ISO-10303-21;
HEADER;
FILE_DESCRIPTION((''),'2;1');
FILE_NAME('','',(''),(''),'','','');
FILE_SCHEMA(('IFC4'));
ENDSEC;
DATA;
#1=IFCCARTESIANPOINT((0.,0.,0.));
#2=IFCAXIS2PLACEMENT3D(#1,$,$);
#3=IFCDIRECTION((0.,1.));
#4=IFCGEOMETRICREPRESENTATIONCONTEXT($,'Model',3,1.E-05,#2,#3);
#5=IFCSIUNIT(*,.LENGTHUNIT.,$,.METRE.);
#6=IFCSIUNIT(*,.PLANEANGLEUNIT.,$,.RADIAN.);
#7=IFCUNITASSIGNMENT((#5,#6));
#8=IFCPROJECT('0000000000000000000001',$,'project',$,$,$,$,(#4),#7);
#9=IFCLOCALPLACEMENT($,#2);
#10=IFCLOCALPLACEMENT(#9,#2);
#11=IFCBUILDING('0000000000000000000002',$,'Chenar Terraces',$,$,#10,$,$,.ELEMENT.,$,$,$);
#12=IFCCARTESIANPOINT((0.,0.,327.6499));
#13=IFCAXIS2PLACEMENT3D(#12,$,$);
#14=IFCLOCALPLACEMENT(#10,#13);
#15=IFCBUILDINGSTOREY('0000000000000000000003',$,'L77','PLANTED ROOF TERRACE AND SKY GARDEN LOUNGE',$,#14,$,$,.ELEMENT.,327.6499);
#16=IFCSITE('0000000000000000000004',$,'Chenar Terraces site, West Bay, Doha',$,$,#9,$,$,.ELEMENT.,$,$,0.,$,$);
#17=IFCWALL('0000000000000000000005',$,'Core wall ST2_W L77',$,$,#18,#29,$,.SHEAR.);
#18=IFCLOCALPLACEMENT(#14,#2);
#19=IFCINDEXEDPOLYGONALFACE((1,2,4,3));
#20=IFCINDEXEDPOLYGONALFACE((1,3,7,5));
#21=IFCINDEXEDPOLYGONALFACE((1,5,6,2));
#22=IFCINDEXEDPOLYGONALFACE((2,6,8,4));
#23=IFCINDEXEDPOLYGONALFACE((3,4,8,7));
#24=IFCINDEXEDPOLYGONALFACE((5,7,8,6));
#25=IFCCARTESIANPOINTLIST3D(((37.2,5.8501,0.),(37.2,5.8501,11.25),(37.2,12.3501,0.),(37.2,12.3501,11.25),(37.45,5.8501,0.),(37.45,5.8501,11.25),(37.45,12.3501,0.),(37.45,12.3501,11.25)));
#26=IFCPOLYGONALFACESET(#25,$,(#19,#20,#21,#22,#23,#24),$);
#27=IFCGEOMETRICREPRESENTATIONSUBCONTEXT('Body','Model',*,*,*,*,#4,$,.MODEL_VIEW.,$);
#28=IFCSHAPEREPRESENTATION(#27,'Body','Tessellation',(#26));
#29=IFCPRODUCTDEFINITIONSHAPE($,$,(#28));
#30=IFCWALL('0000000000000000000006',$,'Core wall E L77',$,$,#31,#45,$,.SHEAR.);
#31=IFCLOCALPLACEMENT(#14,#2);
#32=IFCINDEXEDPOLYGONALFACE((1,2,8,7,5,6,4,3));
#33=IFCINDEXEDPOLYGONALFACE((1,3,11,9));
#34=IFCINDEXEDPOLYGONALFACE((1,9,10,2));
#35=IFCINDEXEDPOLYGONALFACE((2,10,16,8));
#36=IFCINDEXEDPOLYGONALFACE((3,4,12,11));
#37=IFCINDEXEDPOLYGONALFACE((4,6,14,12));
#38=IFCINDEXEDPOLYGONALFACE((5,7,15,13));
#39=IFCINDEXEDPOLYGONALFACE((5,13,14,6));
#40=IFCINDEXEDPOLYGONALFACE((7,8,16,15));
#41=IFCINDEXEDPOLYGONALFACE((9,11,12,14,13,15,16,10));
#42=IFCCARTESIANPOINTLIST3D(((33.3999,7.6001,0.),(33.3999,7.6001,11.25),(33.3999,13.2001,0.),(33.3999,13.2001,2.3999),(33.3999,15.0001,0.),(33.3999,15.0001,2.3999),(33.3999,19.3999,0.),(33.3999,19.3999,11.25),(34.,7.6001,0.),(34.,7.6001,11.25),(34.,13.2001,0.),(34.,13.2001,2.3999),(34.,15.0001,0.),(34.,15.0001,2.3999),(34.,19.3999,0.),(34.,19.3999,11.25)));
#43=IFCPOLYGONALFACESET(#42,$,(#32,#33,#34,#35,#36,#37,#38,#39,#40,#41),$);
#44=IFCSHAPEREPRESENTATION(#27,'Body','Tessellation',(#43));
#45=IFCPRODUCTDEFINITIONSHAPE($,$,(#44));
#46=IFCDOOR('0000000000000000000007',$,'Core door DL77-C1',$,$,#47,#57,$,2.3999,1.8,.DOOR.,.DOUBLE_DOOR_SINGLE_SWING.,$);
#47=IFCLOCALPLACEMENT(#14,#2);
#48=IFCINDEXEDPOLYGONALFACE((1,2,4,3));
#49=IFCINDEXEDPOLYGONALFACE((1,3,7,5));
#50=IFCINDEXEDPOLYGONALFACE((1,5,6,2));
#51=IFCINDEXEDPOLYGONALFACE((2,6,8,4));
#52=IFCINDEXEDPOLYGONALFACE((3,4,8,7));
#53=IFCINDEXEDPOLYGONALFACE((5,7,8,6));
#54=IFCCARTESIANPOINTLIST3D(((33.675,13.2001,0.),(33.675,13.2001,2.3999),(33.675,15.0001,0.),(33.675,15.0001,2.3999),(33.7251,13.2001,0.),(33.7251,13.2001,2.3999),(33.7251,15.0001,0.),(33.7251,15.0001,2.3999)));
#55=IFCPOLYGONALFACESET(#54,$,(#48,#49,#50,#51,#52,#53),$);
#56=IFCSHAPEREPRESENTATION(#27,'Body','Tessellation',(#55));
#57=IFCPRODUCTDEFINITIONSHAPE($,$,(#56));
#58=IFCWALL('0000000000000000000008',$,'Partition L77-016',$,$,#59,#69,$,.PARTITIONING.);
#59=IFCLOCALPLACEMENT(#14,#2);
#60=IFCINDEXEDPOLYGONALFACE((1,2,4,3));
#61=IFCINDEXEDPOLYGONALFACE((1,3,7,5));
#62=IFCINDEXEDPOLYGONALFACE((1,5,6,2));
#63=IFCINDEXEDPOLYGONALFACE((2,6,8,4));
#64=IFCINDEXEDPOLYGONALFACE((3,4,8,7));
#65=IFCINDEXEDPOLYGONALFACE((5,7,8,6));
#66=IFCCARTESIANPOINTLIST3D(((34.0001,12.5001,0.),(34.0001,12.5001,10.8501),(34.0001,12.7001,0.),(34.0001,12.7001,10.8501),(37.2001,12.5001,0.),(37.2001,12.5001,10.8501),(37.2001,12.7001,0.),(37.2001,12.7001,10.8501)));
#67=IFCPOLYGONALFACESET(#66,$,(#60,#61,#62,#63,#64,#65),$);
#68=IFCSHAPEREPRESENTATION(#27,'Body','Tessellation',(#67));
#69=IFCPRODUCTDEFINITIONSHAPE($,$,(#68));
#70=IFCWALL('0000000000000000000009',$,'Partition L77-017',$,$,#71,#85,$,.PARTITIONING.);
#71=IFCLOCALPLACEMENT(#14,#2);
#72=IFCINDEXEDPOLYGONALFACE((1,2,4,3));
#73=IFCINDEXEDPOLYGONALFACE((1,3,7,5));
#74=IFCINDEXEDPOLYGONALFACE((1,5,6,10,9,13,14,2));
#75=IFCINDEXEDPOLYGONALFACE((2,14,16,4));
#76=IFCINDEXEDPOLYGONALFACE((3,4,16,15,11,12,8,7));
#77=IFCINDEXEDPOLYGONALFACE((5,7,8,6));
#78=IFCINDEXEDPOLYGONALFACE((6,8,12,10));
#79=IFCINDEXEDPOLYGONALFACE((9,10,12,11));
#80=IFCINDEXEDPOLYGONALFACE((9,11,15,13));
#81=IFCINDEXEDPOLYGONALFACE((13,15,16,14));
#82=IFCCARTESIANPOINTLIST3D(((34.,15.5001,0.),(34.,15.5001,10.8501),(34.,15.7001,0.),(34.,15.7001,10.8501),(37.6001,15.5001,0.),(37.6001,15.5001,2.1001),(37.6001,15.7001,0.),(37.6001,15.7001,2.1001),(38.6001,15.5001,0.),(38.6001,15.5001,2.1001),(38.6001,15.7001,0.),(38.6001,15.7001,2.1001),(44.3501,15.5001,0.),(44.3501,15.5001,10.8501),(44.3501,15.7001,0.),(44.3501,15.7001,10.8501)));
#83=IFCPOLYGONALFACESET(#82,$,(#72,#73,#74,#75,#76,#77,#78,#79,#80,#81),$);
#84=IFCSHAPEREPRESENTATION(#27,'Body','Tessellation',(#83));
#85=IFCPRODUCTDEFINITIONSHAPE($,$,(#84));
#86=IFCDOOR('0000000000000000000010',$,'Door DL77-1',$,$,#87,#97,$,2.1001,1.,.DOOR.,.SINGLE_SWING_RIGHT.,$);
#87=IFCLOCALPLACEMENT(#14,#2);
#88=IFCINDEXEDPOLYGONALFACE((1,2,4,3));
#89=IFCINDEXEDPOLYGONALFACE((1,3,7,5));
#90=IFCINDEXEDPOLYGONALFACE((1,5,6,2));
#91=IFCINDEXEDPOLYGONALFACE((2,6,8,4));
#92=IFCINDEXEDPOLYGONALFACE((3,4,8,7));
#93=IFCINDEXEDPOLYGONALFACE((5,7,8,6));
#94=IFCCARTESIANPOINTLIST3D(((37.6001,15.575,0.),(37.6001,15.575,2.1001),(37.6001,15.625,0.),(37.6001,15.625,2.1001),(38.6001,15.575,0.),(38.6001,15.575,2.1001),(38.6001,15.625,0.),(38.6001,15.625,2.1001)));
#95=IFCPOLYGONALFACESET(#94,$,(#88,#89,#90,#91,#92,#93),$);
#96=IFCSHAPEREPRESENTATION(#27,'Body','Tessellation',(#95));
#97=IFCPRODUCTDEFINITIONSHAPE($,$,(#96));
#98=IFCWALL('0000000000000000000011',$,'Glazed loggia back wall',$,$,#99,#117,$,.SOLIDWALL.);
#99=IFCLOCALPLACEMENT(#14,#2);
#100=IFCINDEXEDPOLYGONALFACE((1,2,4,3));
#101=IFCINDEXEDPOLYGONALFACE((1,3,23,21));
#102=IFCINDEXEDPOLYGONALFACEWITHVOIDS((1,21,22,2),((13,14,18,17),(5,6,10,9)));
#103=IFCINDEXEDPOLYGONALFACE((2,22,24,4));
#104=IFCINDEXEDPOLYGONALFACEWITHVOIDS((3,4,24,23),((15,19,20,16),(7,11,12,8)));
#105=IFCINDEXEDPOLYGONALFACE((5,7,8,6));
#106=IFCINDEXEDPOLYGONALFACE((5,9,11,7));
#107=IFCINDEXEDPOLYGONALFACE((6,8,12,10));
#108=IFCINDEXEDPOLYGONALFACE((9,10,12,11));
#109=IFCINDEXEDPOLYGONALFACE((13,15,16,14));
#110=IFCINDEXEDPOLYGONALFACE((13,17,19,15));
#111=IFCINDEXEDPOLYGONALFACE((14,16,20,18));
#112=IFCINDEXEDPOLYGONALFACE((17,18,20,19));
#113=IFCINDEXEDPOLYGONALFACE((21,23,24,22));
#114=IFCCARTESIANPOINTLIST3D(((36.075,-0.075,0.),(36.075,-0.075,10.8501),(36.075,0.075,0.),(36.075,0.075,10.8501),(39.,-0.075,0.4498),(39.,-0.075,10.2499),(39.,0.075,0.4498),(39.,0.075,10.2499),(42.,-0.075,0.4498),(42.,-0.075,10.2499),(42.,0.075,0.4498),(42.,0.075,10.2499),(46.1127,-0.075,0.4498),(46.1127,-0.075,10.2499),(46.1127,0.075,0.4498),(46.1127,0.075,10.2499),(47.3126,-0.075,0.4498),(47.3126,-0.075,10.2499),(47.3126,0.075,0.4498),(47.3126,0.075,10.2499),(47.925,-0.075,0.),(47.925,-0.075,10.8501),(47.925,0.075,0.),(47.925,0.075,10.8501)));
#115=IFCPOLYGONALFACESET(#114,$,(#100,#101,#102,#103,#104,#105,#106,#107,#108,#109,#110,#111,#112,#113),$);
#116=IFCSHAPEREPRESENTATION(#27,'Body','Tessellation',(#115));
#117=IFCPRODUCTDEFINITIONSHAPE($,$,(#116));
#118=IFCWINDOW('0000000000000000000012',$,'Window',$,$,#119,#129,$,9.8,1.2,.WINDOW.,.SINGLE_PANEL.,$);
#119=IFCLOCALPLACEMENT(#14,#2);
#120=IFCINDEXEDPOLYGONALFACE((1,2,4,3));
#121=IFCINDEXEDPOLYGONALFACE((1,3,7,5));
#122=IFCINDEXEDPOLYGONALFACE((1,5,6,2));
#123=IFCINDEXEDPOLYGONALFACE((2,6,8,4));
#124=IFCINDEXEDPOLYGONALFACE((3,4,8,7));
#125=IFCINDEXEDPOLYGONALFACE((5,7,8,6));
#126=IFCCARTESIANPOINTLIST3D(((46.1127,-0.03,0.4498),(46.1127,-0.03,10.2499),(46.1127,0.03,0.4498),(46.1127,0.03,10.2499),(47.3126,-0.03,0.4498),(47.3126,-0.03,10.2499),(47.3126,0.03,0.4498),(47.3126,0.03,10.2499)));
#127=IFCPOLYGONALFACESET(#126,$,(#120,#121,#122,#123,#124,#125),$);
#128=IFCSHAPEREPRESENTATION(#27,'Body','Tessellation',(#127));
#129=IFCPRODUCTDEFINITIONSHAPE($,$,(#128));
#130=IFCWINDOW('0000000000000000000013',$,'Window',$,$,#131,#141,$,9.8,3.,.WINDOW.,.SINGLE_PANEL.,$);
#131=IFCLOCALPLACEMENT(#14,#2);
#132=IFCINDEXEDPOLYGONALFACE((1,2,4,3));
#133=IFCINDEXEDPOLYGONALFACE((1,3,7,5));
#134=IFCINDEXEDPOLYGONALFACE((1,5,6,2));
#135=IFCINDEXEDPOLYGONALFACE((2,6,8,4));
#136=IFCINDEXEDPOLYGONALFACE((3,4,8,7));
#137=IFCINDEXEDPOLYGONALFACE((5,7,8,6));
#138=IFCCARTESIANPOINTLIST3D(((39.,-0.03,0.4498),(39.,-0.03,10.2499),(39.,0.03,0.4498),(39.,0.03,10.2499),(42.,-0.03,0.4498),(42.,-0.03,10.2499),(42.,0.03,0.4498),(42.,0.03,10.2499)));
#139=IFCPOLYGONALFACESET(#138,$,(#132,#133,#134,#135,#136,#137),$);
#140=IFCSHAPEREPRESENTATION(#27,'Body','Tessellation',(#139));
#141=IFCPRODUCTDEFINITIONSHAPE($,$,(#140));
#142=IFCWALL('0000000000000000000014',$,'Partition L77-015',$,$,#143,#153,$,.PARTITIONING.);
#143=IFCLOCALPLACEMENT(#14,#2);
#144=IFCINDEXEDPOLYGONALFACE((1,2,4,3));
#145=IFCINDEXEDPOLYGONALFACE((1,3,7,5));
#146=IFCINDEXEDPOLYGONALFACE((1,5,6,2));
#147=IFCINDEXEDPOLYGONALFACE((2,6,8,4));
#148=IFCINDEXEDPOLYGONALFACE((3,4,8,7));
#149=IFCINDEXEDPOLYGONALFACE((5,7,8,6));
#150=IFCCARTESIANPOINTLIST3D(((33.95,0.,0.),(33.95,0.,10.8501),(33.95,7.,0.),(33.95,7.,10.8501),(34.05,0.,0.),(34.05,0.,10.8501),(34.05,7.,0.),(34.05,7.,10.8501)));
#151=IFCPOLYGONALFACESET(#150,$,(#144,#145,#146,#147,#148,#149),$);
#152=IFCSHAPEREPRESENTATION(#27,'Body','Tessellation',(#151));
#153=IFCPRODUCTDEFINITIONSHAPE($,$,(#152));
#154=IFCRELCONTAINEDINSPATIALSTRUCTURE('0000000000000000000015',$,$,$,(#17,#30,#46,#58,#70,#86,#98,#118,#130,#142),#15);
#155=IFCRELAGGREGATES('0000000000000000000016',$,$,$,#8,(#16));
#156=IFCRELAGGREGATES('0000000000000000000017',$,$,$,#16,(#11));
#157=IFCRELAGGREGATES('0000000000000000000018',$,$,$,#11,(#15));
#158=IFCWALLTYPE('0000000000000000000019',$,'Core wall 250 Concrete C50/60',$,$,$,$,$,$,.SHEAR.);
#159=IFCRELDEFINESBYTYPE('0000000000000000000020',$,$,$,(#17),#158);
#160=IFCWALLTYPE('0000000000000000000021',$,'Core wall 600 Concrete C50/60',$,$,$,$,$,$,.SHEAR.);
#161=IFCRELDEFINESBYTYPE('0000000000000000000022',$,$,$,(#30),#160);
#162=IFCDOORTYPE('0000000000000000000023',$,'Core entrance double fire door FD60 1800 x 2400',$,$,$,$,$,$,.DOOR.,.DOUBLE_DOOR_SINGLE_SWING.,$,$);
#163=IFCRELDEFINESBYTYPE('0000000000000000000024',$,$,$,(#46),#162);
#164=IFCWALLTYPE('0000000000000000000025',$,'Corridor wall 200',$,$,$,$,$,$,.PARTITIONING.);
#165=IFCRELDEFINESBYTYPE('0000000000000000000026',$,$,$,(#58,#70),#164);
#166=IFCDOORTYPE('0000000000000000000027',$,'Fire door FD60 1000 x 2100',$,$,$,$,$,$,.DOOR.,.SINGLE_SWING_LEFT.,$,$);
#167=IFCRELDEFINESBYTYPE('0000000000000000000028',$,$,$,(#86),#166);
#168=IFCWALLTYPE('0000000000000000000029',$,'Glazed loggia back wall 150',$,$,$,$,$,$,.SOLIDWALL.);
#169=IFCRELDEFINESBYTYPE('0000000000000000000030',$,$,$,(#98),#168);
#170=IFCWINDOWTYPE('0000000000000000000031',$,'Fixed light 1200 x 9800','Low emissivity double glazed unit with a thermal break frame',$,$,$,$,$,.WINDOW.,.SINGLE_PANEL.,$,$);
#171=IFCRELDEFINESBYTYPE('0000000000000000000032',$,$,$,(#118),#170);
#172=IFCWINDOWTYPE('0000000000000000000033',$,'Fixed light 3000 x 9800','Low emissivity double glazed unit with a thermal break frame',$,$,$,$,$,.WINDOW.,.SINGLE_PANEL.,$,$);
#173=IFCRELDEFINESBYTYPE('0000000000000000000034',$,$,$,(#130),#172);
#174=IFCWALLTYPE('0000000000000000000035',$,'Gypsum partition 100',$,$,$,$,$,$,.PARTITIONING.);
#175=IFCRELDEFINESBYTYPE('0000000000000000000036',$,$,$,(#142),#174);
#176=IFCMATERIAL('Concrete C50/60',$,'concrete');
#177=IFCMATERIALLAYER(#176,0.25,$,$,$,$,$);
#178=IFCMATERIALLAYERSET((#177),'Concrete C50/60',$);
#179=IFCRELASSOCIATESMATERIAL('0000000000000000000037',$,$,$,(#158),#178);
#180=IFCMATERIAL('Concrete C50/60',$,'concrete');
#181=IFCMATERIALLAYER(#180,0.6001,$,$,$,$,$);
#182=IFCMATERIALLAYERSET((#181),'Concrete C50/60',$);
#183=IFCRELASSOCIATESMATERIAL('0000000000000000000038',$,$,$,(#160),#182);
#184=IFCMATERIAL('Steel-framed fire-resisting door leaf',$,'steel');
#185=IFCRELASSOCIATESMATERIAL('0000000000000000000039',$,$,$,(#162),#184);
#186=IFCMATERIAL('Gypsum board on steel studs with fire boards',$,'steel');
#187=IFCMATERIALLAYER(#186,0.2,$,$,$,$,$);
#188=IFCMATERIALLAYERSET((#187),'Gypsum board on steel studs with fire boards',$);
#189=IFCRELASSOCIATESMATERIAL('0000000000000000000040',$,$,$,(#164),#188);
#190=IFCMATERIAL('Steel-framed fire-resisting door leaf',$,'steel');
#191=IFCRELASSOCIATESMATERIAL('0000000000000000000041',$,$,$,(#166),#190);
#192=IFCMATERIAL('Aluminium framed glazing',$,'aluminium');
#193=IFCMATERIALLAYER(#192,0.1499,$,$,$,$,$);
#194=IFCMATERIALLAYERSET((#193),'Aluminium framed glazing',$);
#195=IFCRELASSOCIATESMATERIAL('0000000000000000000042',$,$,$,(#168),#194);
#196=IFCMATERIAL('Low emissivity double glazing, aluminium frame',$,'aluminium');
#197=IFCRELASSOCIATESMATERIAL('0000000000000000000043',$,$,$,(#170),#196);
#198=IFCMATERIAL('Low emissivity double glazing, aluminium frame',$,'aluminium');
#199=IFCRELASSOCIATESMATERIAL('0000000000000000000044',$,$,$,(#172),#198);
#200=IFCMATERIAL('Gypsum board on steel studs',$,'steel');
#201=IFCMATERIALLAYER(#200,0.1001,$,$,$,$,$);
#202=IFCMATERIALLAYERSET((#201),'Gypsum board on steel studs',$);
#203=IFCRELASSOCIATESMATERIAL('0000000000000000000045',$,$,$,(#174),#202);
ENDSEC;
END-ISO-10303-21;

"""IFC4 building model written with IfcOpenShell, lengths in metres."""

from ifc_helpers import new_model, si_unit, direction, frame, frame_2d, origin, place, context, subcontext, project, spatial, rectangle, extrude, material, layer, layer_set, type_object, element, fill, save


model = new_model("IFC4")

# Units and contexts
model_context = context("Model", 3, precision=1e-05, world=origin(), true_north=direction((0.0, 1.0)))
body_context = subcontext(model_context, "Body", "Model", "MODEL_VIEW")
ifc_project = project(units=[si_unit("LENGTHUNIT", "METRE"), si_unit("PLANEANGLEUNIT", "RADIAN")], contexts=[model_context])

# Site, building, storey
site_placement = place(None, origin())
site = spatial("IfcSite", under=ifc_project, at=site_placement, Name="Chenar Terraces site, West Bay, Doha", CompositionType="ELEMENT", RefElevation=0.0)
building_placement = place(site_placement, origin())
building = spatial("IfcBuilding", under=site, at=building_placement, Name="Chenar Terraces", CompositionType="ELEMENT")
storey_placement = place(building_placement, frame((0.0, 0.0, 327.6499)))
storey = spatial("IfcBuildingStorey", under=building, at=storey_placement, Name="L77", Description="PLANTED ROOF TERRACE AND SKY GARDEN LOUNGE", CompositionType="ELEMENT", Elevation=327.6499)

# Shared definitions
ifc_material_1 = material(Name="Concrete C50/60", Category="concrete")
ifc_layer_1 = layer(ifc_material_1, 0.25)
ifc_layer_set_1 = layer_set([ifc_layer_1], Name="Concrete C50/60")
wall_type_1 = type_object("IfcWallType", Name="Core wall 250 Concrete C50/60", PredefinedType="SHEAR", material=ifc_layer_set_1)

# Wall
wall_1_placement = place(storey_placement, frame((37.325, 5.8501, 0.0), z_axis=(0.0, 0.0, 1.0), x_axis=(0.0, 1.0, 0.0)))
element("IfcWall", 1, at=wall_1_placement, inside=storey, type_object=wall_type_1, Name="Core wall ST2_W L77", PredefinedType="SHEAR", context=body_context, shape_type="SweptSolid", body=[
    extrude(rectangle(XDim=6.5, YDim=0.25, at=frame_2d((3.25, 0.0))), origin(), (0.0, 0.0, 1.0), 11.25),
])

# Wall, opening, door
ifc_material_2 = material(Name="Concrete C50/60", Category="concrete")
ifc_layer_2 = layer(ifc_material_2, 0.6001)
ifc_layer_set_2 = layer_set([ifc_layer_2], Name="Concrete C50/60")
wall_type_2 = type_object("IfcWallType", Name="Core wall 600 Concrete C50/60", PredefinedType="SHEAR", material=ifc_layer_set_2)
wall_2_placement = place(storey_placement, frame((33.7, 7.6001, 0.0), z_axis=(0.0, 0.0, 1.0), x_axis=(0.0, 1.0, 0.0)))
wall_2 = element("IfcWall", 2, at=wall_2_placement, inside=storey, type_object=wall_type_2, Name="Core wall E L77", PredefinedType="SHEAR", context=body_context, shape_type="SweptSolid", body=[
    extrude(rectangle(XDim=11.7998, YDim=0.6001, at=frame_2d((5.8999, 0.0))), origin(), (0.0, 0.0, 1.0), 11.25),
])
opening_1_placement = place(wall_2_placement, frame((5.6001, 0.0, 0.0)))
opening_1 = element("IfcOpeningElement", 3, at=opening_1_placement, cuts=wall_2, PredefinedType="OPENING", context=body_context, shape_type="SweptSolid", body=[
    extrude(rectangle(XDim=1.8, YDim=2.3999, at=frame_2d((0.8999, 1.2))), frame((0.0, 0.3101, 0.0), z_axis=(0.0, -1.0, 0.0), x_axis=(1.0, 0.0, 0.0)), (0.0, 0.0, 1.0), 0.6201),
])
ifc_material_3 = material(Name="Steel-framed fire-resisting door leaf", Category="steel")
door_type_1 = type_object("IfcDoorType", Name="Core entrance double fire door FD60 1800 x 2400", OperationType="DOUBLE_DOOR_SINGLE_SWING", PredefinedType="DOOR", material=ifc_material_3)
door_1_placement = place(opening_1_placement, origin())
door_1 = element("IfcDoor", 4, at=door_1_placement, inside=storey, type_object=door_type_1, Name="Core door DL77-C1", OperationType="DOUBLE_DOOR_SINGLE_SWING", OverallHeight=2.3999, OverallWidth=1.8, PredefinedType="DOOR", context=body_context, shape_type="SweptSolid", body=[
    extrude(rectangle(XDim=1.8, YDim=2.3999, at=frame_2d((0.8999, 1.2))), frame((0.0, 0.0249, 0.0), z_axis=(0.0, -1.0, 0.0), x_axis=(1.0, 0.0, 0.0)), (0.0, 0.0, 1.0), 0.05),
])
fill(opening_1, door_1)

# Wall
ifc_material_4 = material(Name="Gypsum board on steel studs with fire boards", Category="steel")
ifc_layer_3 = layer(ifc_material_4, 0.2)
ifc_layer_set_3 = layer_set([ifc_layer_3], Name="Gypsum board on steel studs with fire boards")
wall_type_3 = type_object("IfcWallType", Name="Corridor wall 200", PredefinedType="PARTITIONING", material=ifc_layer_set_3)
wall_3_placement = place(storey_placement, frame((34.0, 12.6001, 0.0), z_axis=(0.0, 0.0, 1.0), x_axis=(1.0, 0.0, 0.0)))
element("IfcWall", 5, at=wall_3_placement, inside=storey, type_object=wall_type_3, Name="Partition L77-016", PredefinedType="PARTITIONING", context=body_context, shape_type="SweptSolid", body=[
    extrude(rectangle(XDim=3.2, YDim=0.2, at=frame_2d((1.6001, 0.0))), origin(), (0.0, 0.0, 1.0), 10.8501),
])

# Wall, opening, door
wall_4_placement = place(storey_placement, frame((34.0, 15.6001, 0.0), z_axis=(0.0, 0.0, 1.0), x_axis=(1.0, 0.0, 0.0)))
wall_4 = element("IfcWall", 6, at=wall_4_placement, inside=storey, type_object=wall_type_3, Name="Partition L77-017", PredefinedType="PARTITIONING", context=body_context, shape_type="SweptSolid", body=[
    extrude(rectangle(XDim=10.3501, YDim=0.2, at=frame_2d((5.175, 0.0))), origin(), (0.0, 0.0, 1.0), 10.8501),
])
opening_2_placement = place(wall_4_placement, frame((3.6001, 0.0, 0.0)))
opening_2 = element("IfcOpeningElement", 7, at=opening_2_placement, cuts=wall_4, PredefinedType="OPENING", context=body_context, shape_type="SweptSolid", body=[
    extrude(rectangle(XDim=1.0, YDim=2.1001, at=frame_2d((0.5, 1.05))), frame((0.0, 0.1099, 0.0), z_axis=(0.0, -1.0, 0.0), x_axis=(1.0, 0.0, 0.0)), (0.0, 0.0, 1.0), 0.22),
])
ifc_material_5 = material(Name="Steel-framed fire-resisting door leaf", Category="steel")
door_type_2 = type_object("IfcDoorType", Name="Fire door FD60 1000 x 2100", OperationType="SINGLE_SWING_LEFT", PredefinedType="DOOR", material=ifc_material_5)
door_2_placement = place(opening_2_placement, origin())
door_2 = element("IfcDoor", 8, at=door_2_placement, inside=storey, type_object=door_type_2, Name="Door DL77-1", OperationType="SINGLE_SWING_RIGHT", OverallHeight=2.1001, OverallWidth=1.0, PredefinedType="DOOR", context=body_context, shape_type="SweptSolid", body=[
    extrude(rectangle(XDim=1.0, YDim=2.1001, at=frame_2d((0.5, 1.05))), frame((0.0, 0.0249, 0.0), z_axis=(0.0, -1.0, 0.0), x_axis=(1.0, 0.0, 0.0)), (0.0, 0.0, 1.0), 0.05),
])
fill(opening_2, door_2)

# Wall, openings, windows
ifc_material_6 = material(Name="Aluminium framed glazing", Category="aluminium")
ifc_layer_4 = layer(ifc_material_6, 0.1499)
ifc_layer_set_4 = layer_set([ifc_layer_4], Name="Aluminium framed glazing")
wall_type_4 = type_object("IfcWallType", Name="Glazed loggia back wall 150", PredefinedType="SOLIDWALL", material=ifc_layer_set_4)
wall_5_placement = place(storey_placement, frame((36.075, 0.0, 0.0), z_axis=(0.0, 0.0, 1.0), x_axis=(1.0, 0.0, 0.0)))
wall_5 = element("IfcWall", 9, at=wall_5_placement, inside=storey, type_object=wall_type_4, Name="Glazed loggia back wall", PredefinedType="SOLIDWALL", context=body_context, shape_type="SweptSolid", body=[
    extrude(rectangle(XDim=11.8501, YDim=0.1499, at=frame_2d((5.925, 0.0))), origin(), (0.0, 0.0, 1.0), 10.8501),
])
opening_3_placement = place(wall_5_placement, frame((2.925, 0.0, 0.45)))
opening_3 = element("IfcOpeningElement", 10, at=opening_3_placement, cuts=wall_5, PredefinedType="OPENING", context=body_context, shape_type="SweptSolid", body=[
    extrude(rectangle(XDim=3.0, YDim=9.8, at=frame_2d((1.5, 4.8999))), frame((0.0, 0.085, 0.0), z_axis=(0.0, -1.0, 0.0), x_axis=(1.0, 0.0, 0.0)), (0.0, 0.0, 1.0), 0.1699),
])
opening_4_placement = place(wall_5_placement, frame((10.0376, 0.0, 0.45)))
opening_4 = element("IfcOpeningElement", 11, at=opening_4_placement, cuts=wall_5, PredefinedType="OPENING", context=body_context, shape_type="SweptSolid", body=[
    extrude(rectangle(XDim=1.2, YDim=9.8, at=frame_2d((0.6001, 4.8999))), frame((0.0, 0.085, 0.0), z_axis=(0.0, -1.0, 0.0), x_axis=(1.0, 0.0, 0.0)), (0.0, 0.0, 1.0), 0.1699),
])
ifc_material_7 = material(Name="Low emissivity double glazing, aluminium frame", Category="aluminium")
window_type_1 = type_object("IfcWindowType", Name="Fixed light 1200 x 9800", Description="Low emissivity double glazed unit with a thermal break frame", PartitioningType="SINGLE_PANEL", PredefinedType="WINDOW", material=ifc_material_7)
window_1_placement = place(opening_4_placement, origin())
window_1 = element("IfcWindow", 12, at=window_1_placement, inside=storey, type_object=window_type_1, Name="Window", OverallHeight=9.8, OverallWidth=1.2, PartitioningType="SINGLE_PANEL", PredefinedType="WINDOW", context=body_context, shape_type="SweptSolid", body=[
    extrude(rectangle(XDim=1.2, YDim=9.8, at=frame_2d((0.6001, 4.8999))), frame((0.0, 0.03, 0.0), z_axis=(0.0, -1.0, 0.0), x_axis=(1.0, 0.0, 0.0)), (0.0, 0.0, 1.0), 0.0601),
])
fill(opening_4, window_1)
ifc_material_8 = material(Name="Low emissivity double glazing, aluminium frame", Category="aluminium")
window_type_2 = type_object("IfcWindowType", Name="Fixed light 3000 x 9800", Description="Low emissivity double glazed unit with a thermal break frame", PartitioningType="SINGLE_PANEL", PredefinedType="WINDOW", material=ifc_material_8)
window_2_placement = place(opening_3_placement, origin())
window_2 = element("IfcWindow", 13, at=window_2_placement, inside=storey, type_object=window_type_2, Name="Window", OverallHeight=9.8, OverallWidth=3.0, PartitioningType="SINGLE_PANEL", PredefinedType="WINDOW", context=body_context, shape_type="SweptSolid", body=[
    extrude(rectangle(XDim=3.0, YDim=9.8, at=frame_2d((1.5, 4.8999))), frame((0.0, 0.03, 0.0), z_axis=(0.0, -1.0, 0.0), x_axis=(1.0, 0.0, 0.0)), (0.0, 0.0, 1.0), 0.0601),
])
fill(opening_3, window_2)

# Wall
ifc_material_9 = material(Name="Gypsum board on steel studs", Category="steel")
ifc_layer_5 = layer(ifc_material_9, 0.1001)
ifc_layer_set_5 = layer_set([ifc_layer_5], Name="Gypsum board on steel studs")
wall_type_5 = type_object("IfcWallType", Name="Gypsum partition 100", PredefinedType="PARTITIONING", material=ifc_layer_set_5)
wall_6_placement = place(storey_placement, frame((34.0, 0.0, 0.0), z_axis=(0.0, 0.0, 1.0), x_axis=(0.0, 1.0, 0.0)))
element("IfcWall", 14, at=wall_6_placement, inside=storey, type_object=wall_type_5, Name="Partition L77-015", PredefinedType="PARTITIONING", context=body_context, shape_type="SweptSolid", body=[
    extrude(rectangle(XDim=7.0, YDim=0.1001, at=frame_2d((3.5, 0.0))), origin(), (0.0, 0.0, 1.0), 10.8501),
])

save(model, "model.ifc")
